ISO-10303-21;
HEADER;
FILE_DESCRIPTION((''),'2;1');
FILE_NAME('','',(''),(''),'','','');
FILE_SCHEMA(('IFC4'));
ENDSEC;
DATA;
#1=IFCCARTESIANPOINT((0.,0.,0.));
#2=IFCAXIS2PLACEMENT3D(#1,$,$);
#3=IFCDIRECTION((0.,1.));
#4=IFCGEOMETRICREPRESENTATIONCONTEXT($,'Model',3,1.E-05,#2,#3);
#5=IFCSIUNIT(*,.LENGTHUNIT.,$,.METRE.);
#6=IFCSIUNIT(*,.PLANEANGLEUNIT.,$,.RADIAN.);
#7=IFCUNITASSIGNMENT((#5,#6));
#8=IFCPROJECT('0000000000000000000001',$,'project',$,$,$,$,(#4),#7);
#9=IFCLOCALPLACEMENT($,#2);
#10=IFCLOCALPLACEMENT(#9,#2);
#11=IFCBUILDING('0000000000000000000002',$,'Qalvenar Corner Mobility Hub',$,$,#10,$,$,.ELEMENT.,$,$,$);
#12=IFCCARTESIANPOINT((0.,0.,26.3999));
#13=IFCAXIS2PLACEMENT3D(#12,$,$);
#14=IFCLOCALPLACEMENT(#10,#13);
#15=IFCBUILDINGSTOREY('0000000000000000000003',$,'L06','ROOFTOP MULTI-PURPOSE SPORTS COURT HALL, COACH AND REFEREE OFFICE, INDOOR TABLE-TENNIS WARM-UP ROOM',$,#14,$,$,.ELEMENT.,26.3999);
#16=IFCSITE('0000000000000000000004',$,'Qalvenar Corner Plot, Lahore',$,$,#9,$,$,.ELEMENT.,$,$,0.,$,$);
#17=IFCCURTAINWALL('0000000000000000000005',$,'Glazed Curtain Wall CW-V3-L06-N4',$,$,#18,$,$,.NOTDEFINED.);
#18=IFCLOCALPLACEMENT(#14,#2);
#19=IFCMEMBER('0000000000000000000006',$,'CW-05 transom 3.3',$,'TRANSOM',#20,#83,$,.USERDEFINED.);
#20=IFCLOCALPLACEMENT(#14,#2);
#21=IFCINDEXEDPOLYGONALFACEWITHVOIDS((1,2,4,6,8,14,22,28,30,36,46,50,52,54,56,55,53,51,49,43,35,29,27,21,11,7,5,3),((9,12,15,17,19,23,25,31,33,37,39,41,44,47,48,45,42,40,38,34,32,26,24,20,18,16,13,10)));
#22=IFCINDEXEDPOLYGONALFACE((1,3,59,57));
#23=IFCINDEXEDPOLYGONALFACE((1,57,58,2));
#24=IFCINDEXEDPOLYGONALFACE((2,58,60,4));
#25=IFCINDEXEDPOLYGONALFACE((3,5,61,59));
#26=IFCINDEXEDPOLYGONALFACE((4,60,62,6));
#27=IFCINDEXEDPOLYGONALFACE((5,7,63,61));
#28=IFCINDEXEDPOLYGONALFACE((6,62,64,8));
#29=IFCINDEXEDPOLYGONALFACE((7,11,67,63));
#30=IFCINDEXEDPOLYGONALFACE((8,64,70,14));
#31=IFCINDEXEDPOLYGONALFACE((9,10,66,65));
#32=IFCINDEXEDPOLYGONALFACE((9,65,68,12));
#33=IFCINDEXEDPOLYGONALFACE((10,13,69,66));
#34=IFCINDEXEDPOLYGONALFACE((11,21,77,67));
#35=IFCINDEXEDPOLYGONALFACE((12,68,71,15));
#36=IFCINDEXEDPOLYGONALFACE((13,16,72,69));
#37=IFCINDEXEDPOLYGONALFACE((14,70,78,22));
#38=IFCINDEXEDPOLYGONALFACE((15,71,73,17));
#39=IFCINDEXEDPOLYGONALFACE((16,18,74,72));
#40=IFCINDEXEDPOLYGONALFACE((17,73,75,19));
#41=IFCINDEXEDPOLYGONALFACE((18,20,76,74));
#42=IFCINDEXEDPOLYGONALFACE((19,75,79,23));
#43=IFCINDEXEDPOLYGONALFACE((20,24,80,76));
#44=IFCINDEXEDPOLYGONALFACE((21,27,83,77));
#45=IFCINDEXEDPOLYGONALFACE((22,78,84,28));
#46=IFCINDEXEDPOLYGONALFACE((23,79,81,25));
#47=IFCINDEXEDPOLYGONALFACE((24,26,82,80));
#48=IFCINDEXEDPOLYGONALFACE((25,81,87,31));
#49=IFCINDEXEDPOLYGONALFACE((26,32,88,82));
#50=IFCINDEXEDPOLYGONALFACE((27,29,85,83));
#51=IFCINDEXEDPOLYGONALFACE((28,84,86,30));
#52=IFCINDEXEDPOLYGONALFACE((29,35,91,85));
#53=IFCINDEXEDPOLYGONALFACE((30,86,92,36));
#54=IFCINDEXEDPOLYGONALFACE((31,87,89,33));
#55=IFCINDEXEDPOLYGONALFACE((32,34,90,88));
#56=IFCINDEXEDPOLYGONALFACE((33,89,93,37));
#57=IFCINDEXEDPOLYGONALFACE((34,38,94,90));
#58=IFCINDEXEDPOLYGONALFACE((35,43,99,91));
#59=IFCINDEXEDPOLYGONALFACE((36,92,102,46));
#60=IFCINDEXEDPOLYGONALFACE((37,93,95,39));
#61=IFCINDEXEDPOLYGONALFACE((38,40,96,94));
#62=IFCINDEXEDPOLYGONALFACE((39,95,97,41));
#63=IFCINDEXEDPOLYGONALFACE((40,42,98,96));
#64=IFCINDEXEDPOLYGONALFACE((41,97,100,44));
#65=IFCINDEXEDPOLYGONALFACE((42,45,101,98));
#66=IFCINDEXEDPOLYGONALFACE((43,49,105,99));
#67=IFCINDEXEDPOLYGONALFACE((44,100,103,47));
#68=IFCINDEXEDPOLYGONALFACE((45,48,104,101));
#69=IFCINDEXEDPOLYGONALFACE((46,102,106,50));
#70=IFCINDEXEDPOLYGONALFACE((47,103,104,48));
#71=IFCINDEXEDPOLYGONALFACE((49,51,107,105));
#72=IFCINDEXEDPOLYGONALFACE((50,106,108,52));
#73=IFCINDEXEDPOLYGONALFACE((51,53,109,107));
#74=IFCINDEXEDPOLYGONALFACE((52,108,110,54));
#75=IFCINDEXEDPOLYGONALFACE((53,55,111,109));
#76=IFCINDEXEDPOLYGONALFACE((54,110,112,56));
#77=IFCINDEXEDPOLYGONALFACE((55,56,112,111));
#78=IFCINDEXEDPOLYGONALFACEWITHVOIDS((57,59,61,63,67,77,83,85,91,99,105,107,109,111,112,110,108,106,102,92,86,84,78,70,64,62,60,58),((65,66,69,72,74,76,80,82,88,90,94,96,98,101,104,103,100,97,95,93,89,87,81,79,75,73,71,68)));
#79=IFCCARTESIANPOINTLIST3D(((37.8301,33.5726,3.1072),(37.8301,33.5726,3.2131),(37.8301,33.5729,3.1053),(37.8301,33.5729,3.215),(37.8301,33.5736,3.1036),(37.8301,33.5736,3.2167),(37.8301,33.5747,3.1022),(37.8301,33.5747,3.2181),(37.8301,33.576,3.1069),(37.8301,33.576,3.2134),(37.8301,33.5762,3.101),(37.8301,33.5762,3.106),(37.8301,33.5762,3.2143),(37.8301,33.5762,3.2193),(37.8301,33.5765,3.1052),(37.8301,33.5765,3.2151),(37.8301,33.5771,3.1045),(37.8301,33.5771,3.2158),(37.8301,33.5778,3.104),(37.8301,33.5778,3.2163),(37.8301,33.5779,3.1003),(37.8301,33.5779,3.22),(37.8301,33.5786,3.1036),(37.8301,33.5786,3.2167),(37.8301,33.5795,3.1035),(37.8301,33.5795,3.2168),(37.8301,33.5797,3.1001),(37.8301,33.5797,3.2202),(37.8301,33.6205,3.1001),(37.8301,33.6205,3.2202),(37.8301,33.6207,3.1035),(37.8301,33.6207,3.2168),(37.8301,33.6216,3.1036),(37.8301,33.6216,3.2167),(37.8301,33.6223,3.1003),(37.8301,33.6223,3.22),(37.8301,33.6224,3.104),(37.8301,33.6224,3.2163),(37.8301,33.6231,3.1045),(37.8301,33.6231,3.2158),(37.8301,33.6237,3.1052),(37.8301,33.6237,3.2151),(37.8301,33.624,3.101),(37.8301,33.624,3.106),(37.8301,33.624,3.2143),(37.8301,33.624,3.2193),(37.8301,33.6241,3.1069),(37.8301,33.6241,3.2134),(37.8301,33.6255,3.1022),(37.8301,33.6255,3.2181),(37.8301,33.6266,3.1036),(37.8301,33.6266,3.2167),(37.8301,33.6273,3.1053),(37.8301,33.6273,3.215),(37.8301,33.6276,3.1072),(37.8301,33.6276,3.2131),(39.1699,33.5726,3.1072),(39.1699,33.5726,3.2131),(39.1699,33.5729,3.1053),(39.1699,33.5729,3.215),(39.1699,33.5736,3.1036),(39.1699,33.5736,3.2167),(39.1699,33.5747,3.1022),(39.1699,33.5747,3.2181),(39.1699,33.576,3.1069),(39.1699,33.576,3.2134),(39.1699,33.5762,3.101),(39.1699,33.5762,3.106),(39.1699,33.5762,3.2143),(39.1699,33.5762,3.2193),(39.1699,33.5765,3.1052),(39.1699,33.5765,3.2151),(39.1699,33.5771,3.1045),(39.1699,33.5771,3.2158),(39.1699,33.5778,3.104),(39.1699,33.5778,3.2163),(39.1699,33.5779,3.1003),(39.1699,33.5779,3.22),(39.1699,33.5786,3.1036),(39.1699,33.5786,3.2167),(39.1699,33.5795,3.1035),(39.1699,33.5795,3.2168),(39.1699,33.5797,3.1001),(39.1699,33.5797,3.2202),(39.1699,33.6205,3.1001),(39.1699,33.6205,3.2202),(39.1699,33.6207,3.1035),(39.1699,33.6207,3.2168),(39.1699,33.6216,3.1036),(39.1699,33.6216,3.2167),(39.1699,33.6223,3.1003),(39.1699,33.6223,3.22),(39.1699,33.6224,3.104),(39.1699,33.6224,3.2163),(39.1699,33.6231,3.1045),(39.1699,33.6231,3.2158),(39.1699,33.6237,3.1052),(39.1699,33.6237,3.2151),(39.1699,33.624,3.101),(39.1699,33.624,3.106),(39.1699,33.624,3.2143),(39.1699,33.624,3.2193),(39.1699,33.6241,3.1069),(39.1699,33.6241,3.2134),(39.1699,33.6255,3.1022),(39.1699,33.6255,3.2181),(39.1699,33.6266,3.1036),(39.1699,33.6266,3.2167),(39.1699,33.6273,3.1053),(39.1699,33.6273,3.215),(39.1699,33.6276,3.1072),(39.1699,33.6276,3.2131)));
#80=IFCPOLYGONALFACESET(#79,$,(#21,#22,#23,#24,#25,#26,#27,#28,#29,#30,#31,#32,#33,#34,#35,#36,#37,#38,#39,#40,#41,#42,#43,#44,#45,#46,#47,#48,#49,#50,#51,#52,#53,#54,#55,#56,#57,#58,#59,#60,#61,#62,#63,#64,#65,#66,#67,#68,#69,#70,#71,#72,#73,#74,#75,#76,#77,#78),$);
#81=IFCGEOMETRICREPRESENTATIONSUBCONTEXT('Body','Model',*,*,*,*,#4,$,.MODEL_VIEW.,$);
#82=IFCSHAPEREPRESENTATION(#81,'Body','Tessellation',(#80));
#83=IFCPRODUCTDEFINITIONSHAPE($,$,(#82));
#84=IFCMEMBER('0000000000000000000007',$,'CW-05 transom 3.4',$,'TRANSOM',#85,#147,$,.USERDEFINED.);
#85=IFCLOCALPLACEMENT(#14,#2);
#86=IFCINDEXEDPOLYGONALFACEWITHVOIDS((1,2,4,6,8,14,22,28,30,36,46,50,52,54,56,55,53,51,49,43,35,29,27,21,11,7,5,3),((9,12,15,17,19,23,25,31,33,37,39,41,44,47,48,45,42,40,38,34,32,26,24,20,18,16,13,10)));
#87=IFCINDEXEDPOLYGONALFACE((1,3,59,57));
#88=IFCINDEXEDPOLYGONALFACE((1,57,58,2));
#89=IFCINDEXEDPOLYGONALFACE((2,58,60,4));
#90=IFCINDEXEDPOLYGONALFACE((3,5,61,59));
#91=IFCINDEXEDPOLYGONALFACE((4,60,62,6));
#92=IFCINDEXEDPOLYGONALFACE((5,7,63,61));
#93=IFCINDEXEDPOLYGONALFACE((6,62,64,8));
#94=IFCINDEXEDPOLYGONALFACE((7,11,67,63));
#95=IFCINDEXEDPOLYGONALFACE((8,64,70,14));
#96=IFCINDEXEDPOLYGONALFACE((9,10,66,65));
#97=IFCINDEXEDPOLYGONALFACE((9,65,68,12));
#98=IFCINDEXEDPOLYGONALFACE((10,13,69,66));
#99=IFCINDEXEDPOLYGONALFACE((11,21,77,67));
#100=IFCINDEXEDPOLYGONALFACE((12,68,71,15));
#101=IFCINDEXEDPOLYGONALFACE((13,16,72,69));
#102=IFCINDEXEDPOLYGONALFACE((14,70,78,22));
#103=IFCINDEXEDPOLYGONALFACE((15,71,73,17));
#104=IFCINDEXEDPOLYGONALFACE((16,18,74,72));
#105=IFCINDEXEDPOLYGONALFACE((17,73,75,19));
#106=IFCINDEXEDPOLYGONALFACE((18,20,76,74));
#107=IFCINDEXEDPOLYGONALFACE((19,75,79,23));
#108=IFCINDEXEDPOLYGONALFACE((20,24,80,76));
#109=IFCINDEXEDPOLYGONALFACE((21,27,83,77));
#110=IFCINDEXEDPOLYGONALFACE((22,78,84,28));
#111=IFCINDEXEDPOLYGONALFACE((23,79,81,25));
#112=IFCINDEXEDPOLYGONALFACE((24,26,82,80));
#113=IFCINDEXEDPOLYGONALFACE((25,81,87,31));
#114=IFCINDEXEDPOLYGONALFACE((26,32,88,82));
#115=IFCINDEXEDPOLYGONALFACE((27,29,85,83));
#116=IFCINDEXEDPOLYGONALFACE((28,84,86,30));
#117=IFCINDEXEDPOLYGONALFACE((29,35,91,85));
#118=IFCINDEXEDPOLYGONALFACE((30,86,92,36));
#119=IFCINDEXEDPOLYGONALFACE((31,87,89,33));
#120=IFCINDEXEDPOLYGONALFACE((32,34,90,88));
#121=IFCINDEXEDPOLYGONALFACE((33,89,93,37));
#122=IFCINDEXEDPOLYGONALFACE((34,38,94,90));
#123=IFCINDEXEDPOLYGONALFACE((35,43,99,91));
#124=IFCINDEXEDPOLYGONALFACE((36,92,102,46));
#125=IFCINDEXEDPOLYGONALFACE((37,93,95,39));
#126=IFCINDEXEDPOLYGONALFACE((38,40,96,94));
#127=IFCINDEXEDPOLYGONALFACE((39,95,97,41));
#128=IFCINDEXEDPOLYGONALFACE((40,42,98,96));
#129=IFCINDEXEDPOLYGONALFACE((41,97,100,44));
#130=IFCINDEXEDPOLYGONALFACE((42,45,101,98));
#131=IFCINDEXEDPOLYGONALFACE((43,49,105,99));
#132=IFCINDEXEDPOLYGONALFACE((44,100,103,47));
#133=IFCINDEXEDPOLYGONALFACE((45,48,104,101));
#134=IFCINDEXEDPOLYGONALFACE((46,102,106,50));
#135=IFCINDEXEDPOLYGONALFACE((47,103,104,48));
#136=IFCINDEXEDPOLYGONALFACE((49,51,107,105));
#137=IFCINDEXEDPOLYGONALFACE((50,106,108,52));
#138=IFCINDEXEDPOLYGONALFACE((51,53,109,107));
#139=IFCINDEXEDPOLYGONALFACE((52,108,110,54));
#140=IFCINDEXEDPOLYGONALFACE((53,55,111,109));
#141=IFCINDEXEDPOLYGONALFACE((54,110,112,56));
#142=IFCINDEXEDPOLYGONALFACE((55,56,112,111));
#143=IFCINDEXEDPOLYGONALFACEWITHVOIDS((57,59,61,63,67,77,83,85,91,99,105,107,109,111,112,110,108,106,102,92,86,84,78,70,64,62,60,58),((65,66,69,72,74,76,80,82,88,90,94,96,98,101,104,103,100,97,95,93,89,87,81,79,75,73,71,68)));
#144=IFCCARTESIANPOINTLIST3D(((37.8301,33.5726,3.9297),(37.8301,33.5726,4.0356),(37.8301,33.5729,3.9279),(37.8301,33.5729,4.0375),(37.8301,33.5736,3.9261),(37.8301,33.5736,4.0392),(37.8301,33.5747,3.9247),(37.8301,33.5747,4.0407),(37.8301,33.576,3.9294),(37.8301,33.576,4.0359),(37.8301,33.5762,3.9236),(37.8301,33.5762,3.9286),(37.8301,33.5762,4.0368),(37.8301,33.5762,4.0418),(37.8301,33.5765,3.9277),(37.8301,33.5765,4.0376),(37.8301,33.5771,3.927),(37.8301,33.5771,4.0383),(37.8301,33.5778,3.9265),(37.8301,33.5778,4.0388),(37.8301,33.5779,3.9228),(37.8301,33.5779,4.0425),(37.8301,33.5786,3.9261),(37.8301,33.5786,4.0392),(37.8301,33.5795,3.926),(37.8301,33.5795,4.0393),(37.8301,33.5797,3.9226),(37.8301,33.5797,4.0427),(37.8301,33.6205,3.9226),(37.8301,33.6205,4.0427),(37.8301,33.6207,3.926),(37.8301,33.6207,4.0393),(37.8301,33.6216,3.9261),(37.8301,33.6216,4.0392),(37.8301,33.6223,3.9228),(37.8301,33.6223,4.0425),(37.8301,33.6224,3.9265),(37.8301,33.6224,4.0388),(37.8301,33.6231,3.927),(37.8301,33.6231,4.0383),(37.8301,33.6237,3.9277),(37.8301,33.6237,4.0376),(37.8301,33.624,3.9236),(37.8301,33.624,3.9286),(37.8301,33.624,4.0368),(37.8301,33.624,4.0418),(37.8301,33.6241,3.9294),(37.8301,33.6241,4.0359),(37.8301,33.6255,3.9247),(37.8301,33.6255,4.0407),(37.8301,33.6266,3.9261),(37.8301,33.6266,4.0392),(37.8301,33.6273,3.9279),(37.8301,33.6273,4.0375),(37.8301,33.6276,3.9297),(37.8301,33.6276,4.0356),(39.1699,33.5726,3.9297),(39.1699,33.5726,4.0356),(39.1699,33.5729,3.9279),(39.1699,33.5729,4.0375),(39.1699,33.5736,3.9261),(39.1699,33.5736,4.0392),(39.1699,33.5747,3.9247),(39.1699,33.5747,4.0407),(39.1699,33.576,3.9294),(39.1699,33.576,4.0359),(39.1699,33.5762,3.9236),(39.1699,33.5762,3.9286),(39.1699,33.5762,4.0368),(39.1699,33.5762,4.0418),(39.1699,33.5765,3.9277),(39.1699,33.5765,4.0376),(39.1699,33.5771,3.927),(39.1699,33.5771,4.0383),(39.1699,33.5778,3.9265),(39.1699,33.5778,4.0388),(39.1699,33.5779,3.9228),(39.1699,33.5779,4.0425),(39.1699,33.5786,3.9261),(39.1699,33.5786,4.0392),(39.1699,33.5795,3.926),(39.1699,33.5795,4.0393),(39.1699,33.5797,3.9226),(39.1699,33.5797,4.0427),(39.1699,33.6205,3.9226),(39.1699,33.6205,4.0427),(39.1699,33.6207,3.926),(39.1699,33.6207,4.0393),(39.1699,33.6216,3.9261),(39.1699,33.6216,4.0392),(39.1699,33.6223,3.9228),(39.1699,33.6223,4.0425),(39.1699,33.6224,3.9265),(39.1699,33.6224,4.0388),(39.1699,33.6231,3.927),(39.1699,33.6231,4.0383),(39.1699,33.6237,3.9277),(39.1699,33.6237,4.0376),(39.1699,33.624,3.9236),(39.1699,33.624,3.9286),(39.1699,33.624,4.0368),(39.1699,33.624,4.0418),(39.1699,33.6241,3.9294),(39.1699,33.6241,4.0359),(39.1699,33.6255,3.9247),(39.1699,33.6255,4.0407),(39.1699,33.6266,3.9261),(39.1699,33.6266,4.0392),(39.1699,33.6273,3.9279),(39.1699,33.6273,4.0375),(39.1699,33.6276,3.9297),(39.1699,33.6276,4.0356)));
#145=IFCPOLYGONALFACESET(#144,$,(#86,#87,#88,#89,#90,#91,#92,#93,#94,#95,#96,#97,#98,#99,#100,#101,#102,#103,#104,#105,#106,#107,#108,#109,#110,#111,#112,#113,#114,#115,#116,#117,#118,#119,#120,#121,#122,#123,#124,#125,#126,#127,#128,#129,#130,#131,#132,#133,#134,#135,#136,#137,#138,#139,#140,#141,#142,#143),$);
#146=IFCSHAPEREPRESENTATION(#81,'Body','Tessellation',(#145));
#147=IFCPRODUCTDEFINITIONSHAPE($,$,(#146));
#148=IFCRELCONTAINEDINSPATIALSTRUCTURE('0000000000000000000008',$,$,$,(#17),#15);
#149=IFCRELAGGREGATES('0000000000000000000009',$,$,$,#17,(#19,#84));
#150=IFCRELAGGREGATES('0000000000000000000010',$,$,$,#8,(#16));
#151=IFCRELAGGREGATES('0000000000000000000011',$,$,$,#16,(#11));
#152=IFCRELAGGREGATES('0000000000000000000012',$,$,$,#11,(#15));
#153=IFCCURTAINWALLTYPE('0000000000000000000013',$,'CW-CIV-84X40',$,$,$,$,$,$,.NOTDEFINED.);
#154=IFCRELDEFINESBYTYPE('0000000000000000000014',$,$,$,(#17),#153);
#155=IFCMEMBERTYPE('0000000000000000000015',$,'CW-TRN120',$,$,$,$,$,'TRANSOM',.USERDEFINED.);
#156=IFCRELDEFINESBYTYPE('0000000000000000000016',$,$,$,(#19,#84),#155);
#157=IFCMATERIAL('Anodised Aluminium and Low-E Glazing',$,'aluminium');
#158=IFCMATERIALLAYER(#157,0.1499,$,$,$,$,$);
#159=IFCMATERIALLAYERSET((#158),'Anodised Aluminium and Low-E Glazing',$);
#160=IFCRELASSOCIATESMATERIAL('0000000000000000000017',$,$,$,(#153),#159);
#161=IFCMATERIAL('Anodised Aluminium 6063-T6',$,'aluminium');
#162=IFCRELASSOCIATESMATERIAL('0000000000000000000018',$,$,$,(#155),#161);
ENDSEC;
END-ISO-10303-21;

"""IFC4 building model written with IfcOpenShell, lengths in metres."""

from ifc_helpers import new_model, si_unit, direction, frame, origin, origin_2d, place, context, subcontext, project, spatial, hollow_rectangle, extrude, material, layer, layer_set, material_profile, profile_set, type_object, element, aggregate, save


model = new_model("IFC4")

# Units and contexts
model_context = context("Model", 3, precision=1e-05, world=origin(), true_north=direction((0.0, 1.0)))
body_context = subcontext(model_context, "Body", "Model", "MODEL_VIEW")
ifc_project = project(units=[si_unit("LENGTHUNIT", "METRE"), si_unit("PLANEANGLEUNIT", "RADIAN")], contexts=[model_context])

# Site, building, storey
site_placement = place(None, origin())
site = spatial("IfcSite", under=ifc_project, at=site_placement, Name="Qalvenar Corner Plot, Lahore", CompositionType="ELEMENT", RefElevation=0.0)
building_placement = place(site_placement, origin())
building = spatial("IfcBuilding", under=site, at=building_placement, Name="Qalvenar Corner Mobility Hub", CompositionType="ELEMENT")
storey_placement = place(building_placement, frame((0.0, 0.0, 26.3999)))
storey = spatial("IfcBuildingStorey", under=building, at=storey_placement, Name="L06", Description="ROOFTOP MULTI-PURPOSE SPORTS COURT HALL, COACH AND REFEREE OFFICE, INDOOR TABLE-TENNIS WARM-UP ROOM", CompositionType="ELEMENT", Elevation=26.3999)

# Curtain wall, members
ifc_material_1 = material(Name="Anodised Aluminium and Low-E Glazing", Category="aluminium")
ifc_layer_1 = layer(ifc_material_1, 0.1499)
ifc_layer_set_1 = layer_set([ifc_layer_1], Name="Anodised Aluminium and Low-E Glazing")
curtain_wall_type = type_object("IfcCurtainWallType", Name="CW-CIV-84X40", PredefinedType="NOTDEFINED", material=ifc_layer_set_1)
curtain_wall_placement = place(storey_placement, origin())
curtain_wall = element("IfcCurtainWall", 1, at=curtain_wall_placement, inside=storey, type_object=curtain_wall_type, Name="Glazed Curtain Wall CW-V3-L06-N4", PredefinedType="NOTDEFINED")
ifc_material_2 = material(Name="Anodised Aluminium 6063-T6", Category="aluminium")
ifc_material_profile_1 = material_profile(ifc_material_2, hollow_rectangle(XDim=0.0549, YDim=0.1201, WallThickness=0.0034, InnerFilletRadius=0.0034, OuterFilletRadius=0.0071, at=origin_2d()), Name="RHS120x55x3.5")
ifc_profile_set_1 = profile_set([ifc_material_profile_1], Name="Anodised Aluminium 6063-T6")
member_type_1 = type_object("IfcMemberType", Name="CW-TRN120", ElementType="TRANSOM", PredefinedType="USERDEFINED", material=ifc_profile_set_1)
member_1_placement = place(storey_placement, frame((39.1699, 33.6001, 3.1602), z_axis=(-1.0, 0.0, 0.0), x_axis=(0.0, -1.0, 0.0)))
member_1 = element("IfcMember", 2, at=member_1_placement, type_object=member_type_1, Name="CW-05 transom 3.3", ObjectType="TRANSOM", PredefinedType="USERDEFINED", context=body_context, shape_type="SweptSolid", body=[
    extrude(hollow_rectangle(XDim=0.0549, YDim=0.1201, WallThickness=0.0034, InnerFilletRadius=0.0034, OuterFilletRadius=0.0071, at=origin_2d()), origin(), (0.0, 0.0, 1.0), 1.3398),
])
member_2_placement = place(storey_placement, frame((39.1699, 33.6001, 3.9827), z_axis=(-1.0, 0.0, 0.0), x_axis=(0.0, -1.0, 0.0)))
member_2 = element("IfcMember", 3, at=member_2_placement, type_object=member_type_1, Name="CW-05 transom 3.4", ObjectType="TRANSOM", PredefinedType="USERDEFINED", context=body_context, shape_type="SweptSolid", body=[
    extrude(hollow_rectangle(XDim=0.0549, YDim=0.1201, WallThickness=0.0034, InnerFilletRadius=0.0034, OuterFilletRadius=0.0071, at=origin_2d()), origin(), (0.0, 0.0, 1.0), 1.3398),
])
aggregate(curtain_wall, [member_1, member_2])

save(model, "model.ifc")
